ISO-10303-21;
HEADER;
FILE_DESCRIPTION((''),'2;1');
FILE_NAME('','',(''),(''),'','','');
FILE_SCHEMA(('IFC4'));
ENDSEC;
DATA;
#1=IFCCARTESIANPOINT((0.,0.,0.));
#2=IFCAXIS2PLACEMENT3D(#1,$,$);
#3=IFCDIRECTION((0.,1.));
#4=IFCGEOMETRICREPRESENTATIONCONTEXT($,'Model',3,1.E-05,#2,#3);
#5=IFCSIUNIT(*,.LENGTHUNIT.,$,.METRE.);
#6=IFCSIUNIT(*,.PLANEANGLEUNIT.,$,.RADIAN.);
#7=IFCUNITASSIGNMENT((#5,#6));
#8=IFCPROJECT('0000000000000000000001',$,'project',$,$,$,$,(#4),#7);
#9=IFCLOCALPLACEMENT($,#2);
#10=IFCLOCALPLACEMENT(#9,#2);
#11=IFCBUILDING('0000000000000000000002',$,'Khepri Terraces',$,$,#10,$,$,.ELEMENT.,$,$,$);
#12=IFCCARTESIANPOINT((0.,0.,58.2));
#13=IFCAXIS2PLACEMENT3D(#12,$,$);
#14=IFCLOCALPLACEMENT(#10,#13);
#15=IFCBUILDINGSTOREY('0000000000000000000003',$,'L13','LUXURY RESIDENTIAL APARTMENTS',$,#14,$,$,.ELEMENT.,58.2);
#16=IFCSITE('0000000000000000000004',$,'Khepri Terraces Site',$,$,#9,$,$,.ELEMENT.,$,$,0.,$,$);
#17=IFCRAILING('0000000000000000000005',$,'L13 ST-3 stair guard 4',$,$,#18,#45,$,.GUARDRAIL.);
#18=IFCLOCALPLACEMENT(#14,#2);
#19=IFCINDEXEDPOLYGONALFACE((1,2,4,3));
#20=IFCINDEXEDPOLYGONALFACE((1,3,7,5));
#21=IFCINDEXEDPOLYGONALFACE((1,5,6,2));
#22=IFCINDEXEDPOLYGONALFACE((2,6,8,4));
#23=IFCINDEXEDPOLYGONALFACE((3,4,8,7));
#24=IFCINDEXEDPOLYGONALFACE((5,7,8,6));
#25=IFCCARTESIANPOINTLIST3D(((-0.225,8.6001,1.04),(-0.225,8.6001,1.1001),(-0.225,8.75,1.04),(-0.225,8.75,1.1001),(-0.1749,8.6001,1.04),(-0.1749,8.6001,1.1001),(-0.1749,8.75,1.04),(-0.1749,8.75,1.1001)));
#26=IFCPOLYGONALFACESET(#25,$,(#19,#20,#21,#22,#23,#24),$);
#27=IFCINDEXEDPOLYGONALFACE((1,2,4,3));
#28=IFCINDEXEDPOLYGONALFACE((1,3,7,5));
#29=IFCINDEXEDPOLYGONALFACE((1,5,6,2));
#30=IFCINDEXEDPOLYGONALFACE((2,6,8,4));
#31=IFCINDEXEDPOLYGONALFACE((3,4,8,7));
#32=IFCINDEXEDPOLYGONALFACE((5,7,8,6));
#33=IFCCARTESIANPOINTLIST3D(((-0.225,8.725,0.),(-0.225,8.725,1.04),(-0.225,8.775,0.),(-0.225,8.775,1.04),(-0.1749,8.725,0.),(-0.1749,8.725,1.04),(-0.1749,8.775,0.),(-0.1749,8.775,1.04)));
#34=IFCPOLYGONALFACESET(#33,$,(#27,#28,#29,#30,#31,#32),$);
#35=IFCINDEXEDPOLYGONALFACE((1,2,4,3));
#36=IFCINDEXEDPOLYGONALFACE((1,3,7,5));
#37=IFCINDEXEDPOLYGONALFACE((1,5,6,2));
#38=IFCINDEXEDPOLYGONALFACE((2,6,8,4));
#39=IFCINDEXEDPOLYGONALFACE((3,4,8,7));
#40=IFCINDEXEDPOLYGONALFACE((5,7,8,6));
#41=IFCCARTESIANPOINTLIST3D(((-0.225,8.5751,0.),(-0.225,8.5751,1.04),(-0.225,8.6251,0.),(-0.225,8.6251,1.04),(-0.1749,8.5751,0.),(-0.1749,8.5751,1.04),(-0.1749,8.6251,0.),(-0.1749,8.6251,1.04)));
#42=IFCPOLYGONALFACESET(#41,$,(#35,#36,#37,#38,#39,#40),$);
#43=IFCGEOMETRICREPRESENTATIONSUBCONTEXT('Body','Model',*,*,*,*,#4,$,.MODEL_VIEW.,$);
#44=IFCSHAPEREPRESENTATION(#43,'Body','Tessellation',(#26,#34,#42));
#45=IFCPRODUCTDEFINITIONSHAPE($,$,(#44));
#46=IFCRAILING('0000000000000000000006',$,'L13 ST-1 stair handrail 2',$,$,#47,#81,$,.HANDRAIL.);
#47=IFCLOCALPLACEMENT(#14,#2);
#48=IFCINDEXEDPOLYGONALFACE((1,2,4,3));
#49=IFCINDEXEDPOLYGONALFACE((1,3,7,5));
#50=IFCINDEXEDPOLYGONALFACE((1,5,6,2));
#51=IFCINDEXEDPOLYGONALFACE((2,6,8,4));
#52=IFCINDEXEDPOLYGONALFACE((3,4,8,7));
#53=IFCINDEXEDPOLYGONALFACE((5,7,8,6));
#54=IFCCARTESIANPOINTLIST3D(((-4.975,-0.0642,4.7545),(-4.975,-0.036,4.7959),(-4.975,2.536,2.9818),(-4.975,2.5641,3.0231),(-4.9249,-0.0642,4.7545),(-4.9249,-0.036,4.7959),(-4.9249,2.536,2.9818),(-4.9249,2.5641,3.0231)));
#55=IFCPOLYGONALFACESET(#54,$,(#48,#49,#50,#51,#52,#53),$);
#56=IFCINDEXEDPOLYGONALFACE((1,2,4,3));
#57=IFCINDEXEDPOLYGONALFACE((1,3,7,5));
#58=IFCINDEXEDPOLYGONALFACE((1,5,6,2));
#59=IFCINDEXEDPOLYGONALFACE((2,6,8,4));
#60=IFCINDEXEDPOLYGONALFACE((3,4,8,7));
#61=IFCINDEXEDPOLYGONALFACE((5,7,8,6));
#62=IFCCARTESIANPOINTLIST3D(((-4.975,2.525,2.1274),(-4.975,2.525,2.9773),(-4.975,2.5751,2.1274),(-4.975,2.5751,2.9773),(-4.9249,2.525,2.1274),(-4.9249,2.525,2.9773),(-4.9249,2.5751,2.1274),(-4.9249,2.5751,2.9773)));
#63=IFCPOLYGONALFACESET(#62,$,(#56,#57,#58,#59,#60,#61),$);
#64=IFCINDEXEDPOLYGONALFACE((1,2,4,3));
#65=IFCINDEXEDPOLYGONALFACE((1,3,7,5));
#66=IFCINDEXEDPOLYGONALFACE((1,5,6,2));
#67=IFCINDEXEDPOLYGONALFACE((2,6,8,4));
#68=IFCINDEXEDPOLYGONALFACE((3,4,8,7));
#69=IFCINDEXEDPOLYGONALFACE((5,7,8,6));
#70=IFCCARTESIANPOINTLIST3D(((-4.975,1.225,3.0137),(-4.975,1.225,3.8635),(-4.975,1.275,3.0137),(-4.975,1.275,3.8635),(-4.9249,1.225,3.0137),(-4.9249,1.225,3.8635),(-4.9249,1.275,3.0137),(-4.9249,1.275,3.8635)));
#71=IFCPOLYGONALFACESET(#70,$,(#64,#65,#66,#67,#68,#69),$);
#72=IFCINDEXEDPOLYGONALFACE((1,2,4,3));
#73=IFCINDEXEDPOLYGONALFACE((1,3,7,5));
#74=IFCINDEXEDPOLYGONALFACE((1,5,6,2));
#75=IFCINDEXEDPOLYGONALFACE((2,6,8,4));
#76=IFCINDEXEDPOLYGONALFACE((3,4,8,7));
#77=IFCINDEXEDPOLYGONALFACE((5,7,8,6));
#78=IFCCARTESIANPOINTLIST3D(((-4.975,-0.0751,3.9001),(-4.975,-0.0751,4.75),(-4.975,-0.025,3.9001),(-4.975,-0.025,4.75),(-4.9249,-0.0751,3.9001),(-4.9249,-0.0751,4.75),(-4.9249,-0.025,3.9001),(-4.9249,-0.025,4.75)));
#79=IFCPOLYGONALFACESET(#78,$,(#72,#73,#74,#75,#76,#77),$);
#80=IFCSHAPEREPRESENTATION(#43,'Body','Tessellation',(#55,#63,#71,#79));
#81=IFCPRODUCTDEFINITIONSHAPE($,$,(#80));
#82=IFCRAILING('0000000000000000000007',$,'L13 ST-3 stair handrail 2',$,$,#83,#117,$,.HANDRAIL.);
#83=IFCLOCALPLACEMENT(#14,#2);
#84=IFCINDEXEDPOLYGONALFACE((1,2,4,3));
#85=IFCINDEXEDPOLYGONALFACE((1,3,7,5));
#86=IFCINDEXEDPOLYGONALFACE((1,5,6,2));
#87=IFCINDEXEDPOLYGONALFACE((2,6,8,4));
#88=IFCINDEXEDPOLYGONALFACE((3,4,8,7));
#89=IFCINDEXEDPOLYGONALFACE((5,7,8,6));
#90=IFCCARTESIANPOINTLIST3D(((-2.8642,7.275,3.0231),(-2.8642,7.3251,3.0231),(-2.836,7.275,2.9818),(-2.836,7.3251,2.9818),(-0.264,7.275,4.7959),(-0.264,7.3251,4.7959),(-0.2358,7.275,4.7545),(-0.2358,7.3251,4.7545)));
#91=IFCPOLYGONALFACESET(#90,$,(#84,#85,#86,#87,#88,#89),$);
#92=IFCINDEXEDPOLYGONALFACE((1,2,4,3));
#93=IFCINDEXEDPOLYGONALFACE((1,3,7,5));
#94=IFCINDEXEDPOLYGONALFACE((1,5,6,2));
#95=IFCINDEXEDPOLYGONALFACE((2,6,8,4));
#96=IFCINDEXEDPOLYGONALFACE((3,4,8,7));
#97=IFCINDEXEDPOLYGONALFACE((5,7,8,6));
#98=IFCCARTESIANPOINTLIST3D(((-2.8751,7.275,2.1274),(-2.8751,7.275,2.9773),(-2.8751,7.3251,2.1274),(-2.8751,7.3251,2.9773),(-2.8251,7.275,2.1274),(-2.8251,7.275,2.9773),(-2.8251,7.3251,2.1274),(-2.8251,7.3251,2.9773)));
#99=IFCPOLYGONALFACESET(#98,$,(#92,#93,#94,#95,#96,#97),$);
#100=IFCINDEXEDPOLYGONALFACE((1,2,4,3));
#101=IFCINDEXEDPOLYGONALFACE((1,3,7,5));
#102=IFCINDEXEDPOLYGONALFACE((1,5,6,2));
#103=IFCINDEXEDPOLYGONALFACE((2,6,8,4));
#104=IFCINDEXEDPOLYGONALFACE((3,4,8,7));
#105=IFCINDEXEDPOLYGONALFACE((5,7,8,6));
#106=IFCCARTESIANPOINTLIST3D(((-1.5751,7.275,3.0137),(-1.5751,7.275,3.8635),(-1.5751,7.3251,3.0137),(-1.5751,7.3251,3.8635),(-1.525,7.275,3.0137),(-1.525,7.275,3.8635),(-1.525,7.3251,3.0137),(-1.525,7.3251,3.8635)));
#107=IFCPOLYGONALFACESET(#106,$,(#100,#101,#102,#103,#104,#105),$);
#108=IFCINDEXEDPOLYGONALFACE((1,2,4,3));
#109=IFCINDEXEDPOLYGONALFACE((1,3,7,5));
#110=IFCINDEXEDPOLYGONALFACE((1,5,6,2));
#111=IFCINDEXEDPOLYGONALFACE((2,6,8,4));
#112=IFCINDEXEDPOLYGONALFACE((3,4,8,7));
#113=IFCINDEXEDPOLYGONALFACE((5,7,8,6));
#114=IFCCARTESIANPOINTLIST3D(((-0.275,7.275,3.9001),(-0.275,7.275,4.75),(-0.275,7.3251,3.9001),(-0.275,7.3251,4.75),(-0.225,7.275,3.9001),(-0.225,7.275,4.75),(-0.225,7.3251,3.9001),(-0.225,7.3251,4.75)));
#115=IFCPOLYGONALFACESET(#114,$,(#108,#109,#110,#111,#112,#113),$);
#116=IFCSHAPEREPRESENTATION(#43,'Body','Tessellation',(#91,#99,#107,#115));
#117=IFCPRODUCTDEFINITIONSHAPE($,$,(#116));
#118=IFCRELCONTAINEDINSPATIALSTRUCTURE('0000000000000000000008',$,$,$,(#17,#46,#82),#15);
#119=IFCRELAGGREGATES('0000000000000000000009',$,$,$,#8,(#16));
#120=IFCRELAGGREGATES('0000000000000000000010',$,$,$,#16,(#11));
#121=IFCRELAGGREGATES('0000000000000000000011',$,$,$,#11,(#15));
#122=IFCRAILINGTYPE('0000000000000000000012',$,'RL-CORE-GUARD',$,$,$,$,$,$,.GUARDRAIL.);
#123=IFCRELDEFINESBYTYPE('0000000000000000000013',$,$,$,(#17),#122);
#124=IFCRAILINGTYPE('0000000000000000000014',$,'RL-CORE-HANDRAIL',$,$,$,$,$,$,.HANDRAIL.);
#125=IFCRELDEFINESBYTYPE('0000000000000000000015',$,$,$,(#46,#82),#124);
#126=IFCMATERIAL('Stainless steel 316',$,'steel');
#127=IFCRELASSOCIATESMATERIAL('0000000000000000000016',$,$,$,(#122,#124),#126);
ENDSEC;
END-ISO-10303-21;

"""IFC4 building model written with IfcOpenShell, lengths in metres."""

from ifc_helpers import new_model, si_unit, direction, frame, origin, origin_2d, place, context, subcontext, project, spatial, rectangle, extrude, material, type_object, element, save


model = new_model("IFC4")

# Units and contexts
model_context = context("Model", 3, precision=1e-05, world=origin(), true_north=direction((0.0, 1.0)))
body_context = subcontext(model_context, "Body", "Model", "MODEL_VIEW")
ifc_project = project(units=[si_unit("LENGTHUNIT", "METRE"), si_unit("PLANEANGLEUNIT", "RADIAN")], contexts=[model_context])

# Site, building, storey
site_placement = place(None, origin())
site = spatial("IfcSite", under=ifc_project, at=site_placement, Name="Khepri Terraces Site", CompositionType="ELEMENT", RefElevation=0.0)
building_placement = place(site_placement, origin())
building = spatial("IfcBuilding", under=site, at=building_placement, Name="Khepri Terraces", CompositionType="ELEMENT")
storey_placement = place(building_placement, frame((0.0, 0.0, 58.2)))
storey = spatial("IfcBuildingStorey", under=building, at=storey_placement, Name="L13", Description="LUXURY RESIDENTIAL APARTMENTS", CompositionType="ELEMENT", Elevation=58.2)

# Railings
ifc_material_1 = material(Name="Stainless steel 316", Category="steel")
railing_type_1 = type_object("IfcRailingType", Name="RL-CORE-GUARD", PredefinedType="GUARDRAIL", material=ifc_material_1)
railing_1_placement = place(storey_placement, frame((-0.2, 8.75, 0.0)))
element("IfcRailing", 1, at=railing_1_placement, inside=storey, type_object=railing_type_1, Name="L13 ST-3 stair guard 4", PredefinedType="GUARDRAIL", context=body_context, shape_type="SweptSolid", body=[
    extrude(rectangle(XDim=0.05, YDim=0.0601, at=origin_2d()), frame((0.0, 0.0, 1.0701), z_axis=(0.0, -1.0, 0.0), x_axis=(1.0, 0.0, 0.0)), (0.0, 0.0, 1.0), 0.1499),
    extrude(rectangle(XDim=0.05, YDim=0.05, at=origin_2d()), origin(), (0.0, 0.0, 1.0), 1.04),
    extrude(rectangle(XDim=0.05, YDim=0.05, at=origin_2d()), frame((0.0, -0.1499, 0.0)), (0.0, 0.0, 1.0), 1.04),
])
railing_type_2 = type_object("IfcRailingType", Name="RL-CORE-HANDRAIL", PredefinedType="HANDRAIL", material=ifc_material_1)
railing_2_placement = place(storey_placement, frame((-4.95, 2.55, 2.1274)))
element("IfcRailing", 2, at=railing_2_placement, inside=storey, type_object=railing_type_2, Name="L13 ST-1 stair handrail 2", PredefinedType="HANDRAIL", context=body_context, shape_type="SweptSolid", body=[
    extrude(rectangle(XDim=0.05, YDim=0.05, at=origin_2d()), frame((0.0, 0.0, 0.875), z_axis=(0.0, -0.82624, 0.563318), x_axis=(1.0, 0.0, 0.0)), (0.0, 0.0, 1.0), 3.147),
    extrude(rectangle(XDim=0.05, YDim=0.05, at=origin_2d()), origin(), (0.0, 0.0, 1.0), 0.8499),
    extrude(rectangle(XDim=0.05, YDim=0.05, at=origin_2d()), frame((0.0, -1.3, 0.8862)), (0.0, 0.0, 1.0), 0.8499),
    extrude(rectangle(XDim=0.05, YDim=0.05, at=origin_2d()), frame((0.0, -2.6001, 1.7727)), (0.0, 0.0, 1.0), 0.8499),
])
railing_3_placement = place(storey_placement, frame((-2.8501, 7.3, 2.1274)))
element("IfcRailing", 3, at=railing_3_placement, inside=storey, type_object=railing_type_2, Name="L13 ST-3 stair handrail 2", PredefinedType="HANDRAIL", context=body_context, shape_type="SweptSolid", body=[
    extrude(rectangle(XDim=0.05, YDim=0.05, at=origin_2d()), frame((0.0, 0.0, 0.875), z_axis=(0.82624, 0.0, 0.563318), x_axis=(0.0, 1.0, 0.0)), (0.0, 0.0, 1.0), 3.147),
    extrude(rectangle(XDim=0.05, YDim=0.05, at=origin_2d()), origin(), (0.0, 0.0, 1.0), 0.8499),
    extrude(rectangle(XDim=0.05, YDim=0.05, at=origin_2d()), frame((1.3, 0.0, 0.8862)), (0.0, 0.0, 1.0), 0.8499),
    extrude(rectangle(XDim=0.05, YDim=0.05, at=origin_2d()), frame((2.6001, 0.0, 1.7727)), (0.0, 0.0, 1.0), 0.8499),
])

save(model, "model.ifc")
